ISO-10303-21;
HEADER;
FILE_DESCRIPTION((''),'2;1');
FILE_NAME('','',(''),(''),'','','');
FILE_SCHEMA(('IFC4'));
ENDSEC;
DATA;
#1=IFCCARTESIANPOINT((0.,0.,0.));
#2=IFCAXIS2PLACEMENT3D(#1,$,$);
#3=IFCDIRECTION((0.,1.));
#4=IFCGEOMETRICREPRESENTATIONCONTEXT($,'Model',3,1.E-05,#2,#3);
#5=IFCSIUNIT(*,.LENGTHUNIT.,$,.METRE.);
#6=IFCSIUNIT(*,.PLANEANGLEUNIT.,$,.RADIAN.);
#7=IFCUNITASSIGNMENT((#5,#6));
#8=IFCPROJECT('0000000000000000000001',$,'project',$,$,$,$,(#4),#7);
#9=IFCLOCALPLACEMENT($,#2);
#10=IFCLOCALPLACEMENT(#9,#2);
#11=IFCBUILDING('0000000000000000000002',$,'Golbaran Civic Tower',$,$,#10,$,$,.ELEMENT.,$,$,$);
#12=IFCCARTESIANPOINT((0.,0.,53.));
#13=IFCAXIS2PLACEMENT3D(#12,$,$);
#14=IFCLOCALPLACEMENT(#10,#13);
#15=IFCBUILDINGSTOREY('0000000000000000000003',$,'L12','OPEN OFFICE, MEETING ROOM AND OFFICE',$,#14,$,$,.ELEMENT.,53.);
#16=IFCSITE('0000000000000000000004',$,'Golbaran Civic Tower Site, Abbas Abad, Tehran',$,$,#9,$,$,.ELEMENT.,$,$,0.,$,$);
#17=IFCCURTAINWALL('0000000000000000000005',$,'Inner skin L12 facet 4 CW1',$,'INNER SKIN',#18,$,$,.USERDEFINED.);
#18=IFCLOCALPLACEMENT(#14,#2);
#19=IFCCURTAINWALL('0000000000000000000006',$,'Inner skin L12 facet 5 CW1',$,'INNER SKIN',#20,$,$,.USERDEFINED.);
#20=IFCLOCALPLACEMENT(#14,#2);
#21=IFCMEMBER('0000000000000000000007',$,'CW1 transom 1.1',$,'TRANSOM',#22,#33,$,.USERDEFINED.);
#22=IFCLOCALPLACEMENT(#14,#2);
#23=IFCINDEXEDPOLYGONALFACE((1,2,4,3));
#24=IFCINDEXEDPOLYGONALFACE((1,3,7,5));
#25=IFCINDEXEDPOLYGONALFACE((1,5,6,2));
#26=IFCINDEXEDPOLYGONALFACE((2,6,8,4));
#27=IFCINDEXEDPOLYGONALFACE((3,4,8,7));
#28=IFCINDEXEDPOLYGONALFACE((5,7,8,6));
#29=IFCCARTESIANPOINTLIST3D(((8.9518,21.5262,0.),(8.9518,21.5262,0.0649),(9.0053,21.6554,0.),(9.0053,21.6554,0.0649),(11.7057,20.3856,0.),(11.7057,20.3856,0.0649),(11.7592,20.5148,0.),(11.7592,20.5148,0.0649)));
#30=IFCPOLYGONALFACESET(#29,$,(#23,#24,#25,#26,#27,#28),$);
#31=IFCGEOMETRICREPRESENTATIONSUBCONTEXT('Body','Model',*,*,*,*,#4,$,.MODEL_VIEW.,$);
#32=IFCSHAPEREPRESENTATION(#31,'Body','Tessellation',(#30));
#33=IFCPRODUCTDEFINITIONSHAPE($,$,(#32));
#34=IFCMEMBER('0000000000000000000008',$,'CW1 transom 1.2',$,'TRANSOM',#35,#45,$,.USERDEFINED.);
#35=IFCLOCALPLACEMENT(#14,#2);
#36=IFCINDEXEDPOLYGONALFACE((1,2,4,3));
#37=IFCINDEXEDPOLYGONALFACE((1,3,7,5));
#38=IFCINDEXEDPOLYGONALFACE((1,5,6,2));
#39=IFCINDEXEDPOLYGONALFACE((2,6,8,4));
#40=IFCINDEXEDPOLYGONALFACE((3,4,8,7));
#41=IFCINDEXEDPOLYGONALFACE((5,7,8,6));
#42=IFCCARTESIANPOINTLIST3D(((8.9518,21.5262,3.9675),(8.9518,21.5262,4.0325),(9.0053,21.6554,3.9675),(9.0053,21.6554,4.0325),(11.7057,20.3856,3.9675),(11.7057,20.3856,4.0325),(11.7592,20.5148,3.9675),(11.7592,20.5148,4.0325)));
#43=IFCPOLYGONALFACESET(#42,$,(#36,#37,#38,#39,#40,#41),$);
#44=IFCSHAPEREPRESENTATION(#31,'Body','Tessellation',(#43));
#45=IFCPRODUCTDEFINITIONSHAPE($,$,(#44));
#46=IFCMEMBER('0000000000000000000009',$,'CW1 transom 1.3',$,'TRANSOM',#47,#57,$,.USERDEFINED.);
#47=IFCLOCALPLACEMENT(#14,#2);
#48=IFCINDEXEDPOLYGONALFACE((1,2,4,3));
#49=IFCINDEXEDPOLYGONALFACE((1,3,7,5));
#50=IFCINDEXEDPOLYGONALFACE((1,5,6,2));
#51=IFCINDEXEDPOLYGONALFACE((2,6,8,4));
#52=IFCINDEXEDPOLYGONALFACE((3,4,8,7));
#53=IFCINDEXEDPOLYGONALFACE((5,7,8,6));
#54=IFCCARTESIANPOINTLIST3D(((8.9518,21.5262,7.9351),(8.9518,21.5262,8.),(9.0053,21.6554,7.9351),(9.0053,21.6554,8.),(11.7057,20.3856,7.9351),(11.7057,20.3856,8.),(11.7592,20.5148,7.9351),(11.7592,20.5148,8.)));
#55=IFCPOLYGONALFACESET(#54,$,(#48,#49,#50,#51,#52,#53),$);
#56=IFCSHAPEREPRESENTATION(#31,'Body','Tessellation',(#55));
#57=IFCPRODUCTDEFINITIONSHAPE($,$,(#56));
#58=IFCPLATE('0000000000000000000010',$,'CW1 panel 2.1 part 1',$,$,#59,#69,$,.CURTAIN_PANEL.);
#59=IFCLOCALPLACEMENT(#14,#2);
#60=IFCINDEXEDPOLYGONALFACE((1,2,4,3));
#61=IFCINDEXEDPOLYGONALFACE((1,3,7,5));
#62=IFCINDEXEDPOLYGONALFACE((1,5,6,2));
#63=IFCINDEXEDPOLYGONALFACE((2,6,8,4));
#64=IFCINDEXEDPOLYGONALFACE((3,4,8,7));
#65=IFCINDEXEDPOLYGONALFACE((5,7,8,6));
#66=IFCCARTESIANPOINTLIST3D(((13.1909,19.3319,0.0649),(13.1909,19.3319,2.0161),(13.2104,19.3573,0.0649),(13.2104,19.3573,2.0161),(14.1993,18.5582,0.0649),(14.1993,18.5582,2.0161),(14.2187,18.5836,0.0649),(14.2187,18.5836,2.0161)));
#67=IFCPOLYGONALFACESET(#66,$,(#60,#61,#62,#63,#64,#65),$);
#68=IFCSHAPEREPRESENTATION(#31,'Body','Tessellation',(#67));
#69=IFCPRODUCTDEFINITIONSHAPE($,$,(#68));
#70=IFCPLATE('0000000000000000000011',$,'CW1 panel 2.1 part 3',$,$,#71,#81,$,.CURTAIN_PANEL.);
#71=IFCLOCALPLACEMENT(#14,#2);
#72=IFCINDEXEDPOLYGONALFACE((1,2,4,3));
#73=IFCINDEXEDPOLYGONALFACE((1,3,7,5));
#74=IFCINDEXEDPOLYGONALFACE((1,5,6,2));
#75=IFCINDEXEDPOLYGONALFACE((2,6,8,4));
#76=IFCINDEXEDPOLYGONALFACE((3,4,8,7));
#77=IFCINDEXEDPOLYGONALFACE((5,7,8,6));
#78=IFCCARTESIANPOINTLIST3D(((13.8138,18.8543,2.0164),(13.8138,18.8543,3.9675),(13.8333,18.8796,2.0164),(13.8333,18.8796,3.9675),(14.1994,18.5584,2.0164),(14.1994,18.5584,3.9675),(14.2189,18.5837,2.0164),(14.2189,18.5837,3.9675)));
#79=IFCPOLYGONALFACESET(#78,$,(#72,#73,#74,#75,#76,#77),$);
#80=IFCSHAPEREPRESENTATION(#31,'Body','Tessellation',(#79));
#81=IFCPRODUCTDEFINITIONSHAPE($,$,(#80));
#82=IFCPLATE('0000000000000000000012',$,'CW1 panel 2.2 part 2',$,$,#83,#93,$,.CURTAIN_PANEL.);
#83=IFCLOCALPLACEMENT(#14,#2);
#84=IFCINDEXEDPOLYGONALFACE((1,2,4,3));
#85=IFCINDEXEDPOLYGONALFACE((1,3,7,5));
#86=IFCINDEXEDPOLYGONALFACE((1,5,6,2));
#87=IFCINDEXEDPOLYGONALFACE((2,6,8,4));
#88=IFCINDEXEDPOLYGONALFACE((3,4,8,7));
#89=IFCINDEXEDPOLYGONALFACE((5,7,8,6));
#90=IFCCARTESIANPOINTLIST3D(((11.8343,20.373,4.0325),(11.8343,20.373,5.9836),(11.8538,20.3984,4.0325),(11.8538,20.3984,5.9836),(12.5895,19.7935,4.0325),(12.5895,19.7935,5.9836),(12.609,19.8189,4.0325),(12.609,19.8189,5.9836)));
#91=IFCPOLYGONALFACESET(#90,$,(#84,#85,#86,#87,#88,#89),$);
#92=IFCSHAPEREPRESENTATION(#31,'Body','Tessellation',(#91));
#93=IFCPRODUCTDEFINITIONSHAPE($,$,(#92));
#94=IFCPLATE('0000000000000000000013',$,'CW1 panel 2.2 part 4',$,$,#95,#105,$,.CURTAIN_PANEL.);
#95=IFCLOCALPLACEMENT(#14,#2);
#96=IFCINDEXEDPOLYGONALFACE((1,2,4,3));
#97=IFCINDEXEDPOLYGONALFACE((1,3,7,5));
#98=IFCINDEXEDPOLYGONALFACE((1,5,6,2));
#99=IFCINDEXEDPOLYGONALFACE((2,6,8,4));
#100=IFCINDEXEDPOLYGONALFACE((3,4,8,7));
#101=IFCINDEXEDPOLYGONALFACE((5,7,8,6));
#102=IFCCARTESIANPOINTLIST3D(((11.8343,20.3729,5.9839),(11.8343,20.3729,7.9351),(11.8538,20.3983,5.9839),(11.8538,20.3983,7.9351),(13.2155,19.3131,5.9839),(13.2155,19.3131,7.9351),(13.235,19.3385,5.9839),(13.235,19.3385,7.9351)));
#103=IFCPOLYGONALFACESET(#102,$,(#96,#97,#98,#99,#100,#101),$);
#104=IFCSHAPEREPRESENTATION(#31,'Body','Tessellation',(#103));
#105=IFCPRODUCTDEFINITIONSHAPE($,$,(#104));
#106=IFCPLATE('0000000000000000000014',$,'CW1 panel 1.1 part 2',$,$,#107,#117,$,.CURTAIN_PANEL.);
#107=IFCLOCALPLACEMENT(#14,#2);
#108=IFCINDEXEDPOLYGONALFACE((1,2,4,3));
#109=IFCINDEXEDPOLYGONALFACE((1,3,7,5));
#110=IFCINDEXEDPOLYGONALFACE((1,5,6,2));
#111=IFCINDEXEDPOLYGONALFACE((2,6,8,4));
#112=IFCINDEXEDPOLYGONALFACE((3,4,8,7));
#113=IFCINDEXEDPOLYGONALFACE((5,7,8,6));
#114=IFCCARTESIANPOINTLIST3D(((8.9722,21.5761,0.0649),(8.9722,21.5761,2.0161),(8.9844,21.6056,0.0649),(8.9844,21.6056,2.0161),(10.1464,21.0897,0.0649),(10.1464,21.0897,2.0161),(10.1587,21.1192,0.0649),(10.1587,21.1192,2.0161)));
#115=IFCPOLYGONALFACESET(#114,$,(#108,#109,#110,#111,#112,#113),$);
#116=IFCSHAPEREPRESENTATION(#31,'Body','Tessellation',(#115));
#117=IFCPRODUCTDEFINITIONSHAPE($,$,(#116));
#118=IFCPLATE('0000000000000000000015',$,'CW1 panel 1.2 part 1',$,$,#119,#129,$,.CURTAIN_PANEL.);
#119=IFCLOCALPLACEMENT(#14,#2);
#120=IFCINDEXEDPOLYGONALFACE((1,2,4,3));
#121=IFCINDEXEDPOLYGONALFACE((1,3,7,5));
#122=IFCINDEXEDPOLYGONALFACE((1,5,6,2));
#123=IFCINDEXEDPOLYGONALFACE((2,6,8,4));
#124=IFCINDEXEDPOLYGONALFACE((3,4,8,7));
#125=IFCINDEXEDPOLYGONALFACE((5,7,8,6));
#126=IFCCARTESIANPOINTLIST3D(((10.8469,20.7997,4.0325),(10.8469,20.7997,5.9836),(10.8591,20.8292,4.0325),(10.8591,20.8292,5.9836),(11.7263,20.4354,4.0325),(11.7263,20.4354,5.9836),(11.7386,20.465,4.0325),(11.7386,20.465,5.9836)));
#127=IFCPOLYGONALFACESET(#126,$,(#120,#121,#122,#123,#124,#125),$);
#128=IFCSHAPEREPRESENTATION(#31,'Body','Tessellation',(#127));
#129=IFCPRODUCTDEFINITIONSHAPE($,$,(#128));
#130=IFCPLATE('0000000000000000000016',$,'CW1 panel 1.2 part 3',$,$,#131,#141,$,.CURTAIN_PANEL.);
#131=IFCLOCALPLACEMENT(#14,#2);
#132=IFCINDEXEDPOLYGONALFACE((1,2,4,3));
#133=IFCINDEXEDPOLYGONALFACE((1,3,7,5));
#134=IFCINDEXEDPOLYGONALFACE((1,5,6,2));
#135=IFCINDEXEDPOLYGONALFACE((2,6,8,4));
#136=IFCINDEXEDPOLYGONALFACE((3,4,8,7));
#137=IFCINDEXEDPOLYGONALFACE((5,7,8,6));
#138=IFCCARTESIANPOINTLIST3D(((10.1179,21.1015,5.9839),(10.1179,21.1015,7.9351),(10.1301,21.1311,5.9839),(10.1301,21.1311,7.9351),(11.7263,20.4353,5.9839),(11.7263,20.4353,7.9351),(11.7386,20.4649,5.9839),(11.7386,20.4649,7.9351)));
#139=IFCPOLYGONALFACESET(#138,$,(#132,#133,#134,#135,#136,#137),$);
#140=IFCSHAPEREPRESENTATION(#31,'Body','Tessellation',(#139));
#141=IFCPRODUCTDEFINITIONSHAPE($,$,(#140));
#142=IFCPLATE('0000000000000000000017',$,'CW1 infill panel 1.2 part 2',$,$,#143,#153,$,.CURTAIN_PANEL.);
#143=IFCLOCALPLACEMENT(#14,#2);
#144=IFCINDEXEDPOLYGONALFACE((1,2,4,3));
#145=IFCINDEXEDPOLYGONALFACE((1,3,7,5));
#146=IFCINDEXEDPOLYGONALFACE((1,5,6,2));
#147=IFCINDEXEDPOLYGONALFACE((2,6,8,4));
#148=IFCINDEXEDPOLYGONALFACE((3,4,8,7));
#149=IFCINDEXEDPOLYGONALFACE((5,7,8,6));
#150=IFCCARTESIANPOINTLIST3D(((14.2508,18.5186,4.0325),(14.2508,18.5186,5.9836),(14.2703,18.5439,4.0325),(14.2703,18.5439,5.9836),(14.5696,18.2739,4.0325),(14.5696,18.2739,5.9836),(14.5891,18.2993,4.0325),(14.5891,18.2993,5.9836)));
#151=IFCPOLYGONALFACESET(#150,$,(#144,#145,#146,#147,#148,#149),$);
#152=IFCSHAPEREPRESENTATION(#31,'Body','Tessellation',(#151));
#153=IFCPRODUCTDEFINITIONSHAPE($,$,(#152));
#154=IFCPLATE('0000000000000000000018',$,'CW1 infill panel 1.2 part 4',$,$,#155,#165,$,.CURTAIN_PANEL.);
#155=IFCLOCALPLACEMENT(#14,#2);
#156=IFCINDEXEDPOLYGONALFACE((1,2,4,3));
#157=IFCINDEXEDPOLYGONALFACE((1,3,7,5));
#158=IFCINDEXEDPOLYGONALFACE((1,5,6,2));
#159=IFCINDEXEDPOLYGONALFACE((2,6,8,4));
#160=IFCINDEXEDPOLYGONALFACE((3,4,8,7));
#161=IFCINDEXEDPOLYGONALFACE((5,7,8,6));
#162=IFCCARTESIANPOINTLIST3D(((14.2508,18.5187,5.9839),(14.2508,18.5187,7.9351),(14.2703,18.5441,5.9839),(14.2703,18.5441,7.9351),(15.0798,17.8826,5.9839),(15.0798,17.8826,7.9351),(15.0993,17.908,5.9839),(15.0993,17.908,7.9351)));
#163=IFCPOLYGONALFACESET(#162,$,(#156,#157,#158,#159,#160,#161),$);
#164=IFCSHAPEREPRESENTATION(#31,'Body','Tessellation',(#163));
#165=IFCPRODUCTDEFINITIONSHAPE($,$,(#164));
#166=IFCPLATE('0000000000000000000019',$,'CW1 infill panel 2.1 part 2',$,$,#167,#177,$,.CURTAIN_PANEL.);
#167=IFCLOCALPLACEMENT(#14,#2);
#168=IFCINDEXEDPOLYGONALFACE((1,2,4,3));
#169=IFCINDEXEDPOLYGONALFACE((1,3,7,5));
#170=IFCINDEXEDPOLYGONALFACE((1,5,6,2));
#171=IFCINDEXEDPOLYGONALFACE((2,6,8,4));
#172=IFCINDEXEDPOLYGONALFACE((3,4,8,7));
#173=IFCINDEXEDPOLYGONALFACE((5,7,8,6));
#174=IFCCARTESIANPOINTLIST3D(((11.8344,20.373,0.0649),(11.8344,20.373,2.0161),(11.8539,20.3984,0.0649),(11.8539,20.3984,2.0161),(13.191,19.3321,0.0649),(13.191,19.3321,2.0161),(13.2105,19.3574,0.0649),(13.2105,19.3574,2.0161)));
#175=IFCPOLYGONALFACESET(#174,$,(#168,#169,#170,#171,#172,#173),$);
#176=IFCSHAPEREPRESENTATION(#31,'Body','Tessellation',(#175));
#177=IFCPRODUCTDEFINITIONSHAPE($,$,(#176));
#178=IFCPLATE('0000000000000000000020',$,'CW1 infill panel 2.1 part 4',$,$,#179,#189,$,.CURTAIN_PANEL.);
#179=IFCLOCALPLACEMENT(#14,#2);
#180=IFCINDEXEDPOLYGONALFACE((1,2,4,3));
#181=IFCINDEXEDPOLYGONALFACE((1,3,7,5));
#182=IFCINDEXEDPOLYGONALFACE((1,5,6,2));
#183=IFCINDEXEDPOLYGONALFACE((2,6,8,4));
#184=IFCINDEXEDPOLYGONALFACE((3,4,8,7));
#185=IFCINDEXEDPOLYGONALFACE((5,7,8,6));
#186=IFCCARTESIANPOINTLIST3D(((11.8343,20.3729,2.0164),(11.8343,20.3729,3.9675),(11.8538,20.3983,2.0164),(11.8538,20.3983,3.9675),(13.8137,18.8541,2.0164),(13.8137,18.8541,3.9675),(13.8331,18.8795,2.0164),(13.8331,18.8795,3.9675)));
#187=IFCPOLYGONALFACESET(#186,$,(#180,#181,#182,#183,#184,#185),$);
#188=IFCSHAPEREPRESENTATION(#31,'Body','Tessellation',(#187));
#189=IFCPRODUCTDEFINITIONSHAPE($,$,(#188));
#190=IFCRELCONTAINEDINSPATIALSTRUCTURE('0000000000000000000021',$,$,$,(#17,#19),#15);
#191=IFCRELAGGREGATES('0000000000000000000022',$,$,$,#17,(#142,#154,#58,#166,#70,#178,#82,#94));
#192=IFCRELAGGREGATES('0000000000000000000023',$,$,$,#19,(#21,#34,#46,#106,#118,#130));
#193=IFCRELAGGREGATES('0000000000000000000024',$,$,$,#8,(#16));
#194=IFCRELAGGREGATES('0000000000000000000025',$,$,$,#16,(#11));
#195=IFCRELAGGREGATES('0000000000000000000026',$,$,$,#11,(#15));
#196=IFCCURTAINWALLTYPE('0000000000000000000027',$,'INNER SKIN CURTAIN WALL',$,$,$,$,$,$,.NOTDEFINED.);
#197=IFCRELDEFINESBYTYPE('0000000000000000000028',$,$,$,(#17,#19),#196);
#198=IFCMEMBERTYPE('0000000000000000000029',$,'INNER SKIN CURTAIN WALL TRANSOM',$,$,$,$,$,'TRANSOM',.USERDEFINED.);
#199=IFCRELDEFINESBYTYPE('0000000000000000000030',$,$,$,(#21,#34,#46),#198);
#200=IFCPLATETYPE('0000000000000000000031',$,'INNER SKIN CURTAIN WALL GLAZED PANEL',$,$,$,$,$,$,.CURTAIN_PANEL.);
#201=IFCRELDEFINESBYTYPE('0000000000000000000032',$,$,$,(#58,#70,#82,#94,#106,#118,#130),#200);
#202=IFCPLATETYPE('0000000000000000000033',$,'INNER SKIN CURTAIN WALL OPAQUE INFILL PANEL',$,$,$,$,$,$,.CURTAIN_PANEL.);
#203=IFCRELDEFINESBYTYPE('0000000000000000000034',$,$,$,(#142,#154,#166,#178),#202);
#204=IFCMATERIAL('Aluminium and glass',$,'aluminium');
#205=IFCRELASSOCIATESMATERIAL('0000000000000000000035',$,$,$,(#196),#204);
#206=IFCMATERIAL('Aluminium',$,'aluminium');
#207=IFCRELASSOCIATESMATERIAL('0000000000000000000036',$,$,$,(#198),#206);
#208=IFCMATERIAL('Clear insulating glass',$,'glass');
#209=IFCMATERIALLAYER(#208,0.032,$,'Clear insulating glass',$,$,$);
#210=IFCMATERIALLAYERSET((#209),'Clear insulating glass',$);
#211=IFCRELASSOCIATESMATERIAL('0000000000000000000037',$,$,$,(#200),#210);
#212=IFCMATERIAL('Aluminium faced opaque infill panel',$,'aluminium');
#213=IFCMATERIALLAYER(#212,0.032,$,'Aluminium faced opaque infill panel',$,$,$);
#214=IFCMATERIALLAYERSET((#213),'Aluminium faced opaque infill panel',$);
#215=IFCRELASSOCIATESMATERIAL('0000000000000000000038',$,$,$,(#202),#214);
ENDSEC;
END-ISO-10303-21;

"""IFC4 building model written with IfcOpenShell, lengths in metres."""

from ifc_helpers import new_model, si_unit, direction, frame, origin, origin_2d, place, context, subcontext, project, spatial, rectangle, extrude, material, layer, layer_set, material_profile, profile_set, type_object, element, aggregate, save


model = new_model("IFC4")

# Units and contexts
model_context = context("Model", 3, precision=1e-05, world=origin(), true_north=direction((0.0, 1.0)))
body_context = subcontext(model_context, "Body", "Model", "MODEL_VIEW")
ifc_project = project(units=[si_unit("LENGTHUNIT", "METRE"), si_unit("PLANEANGLEUNIT", "RADIAN")], contexts=[model_context])

# Site, building, storey
site_placement = place(None, origin())
site = spatial("IfcSite", under=ifc_project, at=site_placement, Name="Golbaran Civic Tower Site, Abbas Abad, Tehran", CompositionType="ELEMENT", RefElevation=0.0)
building_placement = place(site_placement, origin())
building = spatial("IfcBuilding", under=site, at=building_placement, Name="Golbaran Civic Tower", CompositionType="ELEMENT")
storey_placement = place(building_placement, frame((0.0, 0.0, 53.0)))
storey = spatial("IfcBuildingStorey", under=building, at=storey_placement, Name="L12", Description="OPEN OFFICE, MEETING ROOM AND OFFICE", CompositionType="ELEMENT", Elevation=53.0)

# Curtain wall
ifc_material_1 = material(Name="Aluminium and glass", Category="aluminium")
curtain_wall_type_1 = type_object("IfcCurtainWallType", Name="INNER SKIN CURTAIN WALL", PredefinedType="NOTDEFINED", material=ifc_material_1)
curtain_wall_1_placement = place(storey_placement, origin())
curtain_wall_1 = element("IfcCurtainWall", 1, at=curtain_wall_1_placement, inside=storey, type_object=curtain_wall_type_1, Name="Inner skin L12 facet 4 CW1", ObjectType="INNER SKIN", PredefinedType="USERDEFINED")
ifc_material_2 = material(Name="Aluminium", Category="aluminium")

# Curtain wall
curtain_wall_2_placement = place(storey_placement, origin())
curtain_wall_2 = element("IfcCurtainWall", 2, at=curtain_wall_2_placement, inside=storey, type_object=curtain_wall_type_1, Name="Inner skin L12 facet 5 CW1", ObjectType="INNER SKIN", PredefinedType="USERDEFINED")

# Members
ifc_material_profile_1 = material_profile(ifc_material_2, rectangle(XDim=0.1399, YDim=0.0649, at=origin_2d()), Name="INNER SKIN CURTAIN WALL TRANSOM")
ifc_profile_set_1 = profile_set([ifc_material_profile_1], Name="Aluminium")
member_type_1 = type_object("IfcMemberType", Name="INNER SKIN CURTAIN WALL TRANSOM", ElementType="TRANSOM", PredefinedType="USERDEFINED", material=ifc_profile_set_1)
member_1_placement = place(storey_placement, frame((11.7324, 20.4502, 0.0325), z_axis=(-0.923889, 0.38266, 0.0), x_axis=(-0.38266, -0.923889, 0.0)))
member_1 = element("IfcMember", 3, at=member_1_placement, type_object=member_type_1, Name="CW1 transom 1.1", ObjectType="TRANSOM", PredefinedType="USERDEFINED", context=body_context, shape_type="SweptSolid", body=[
    extrude(rectangle(XDim=0.1399, YDim=0.0649, at=origin_2d()), origin(), (0.0, 0.0, 1.0), 2.9807),
])
member_2_placement = place(storey_placement, frame((11.7324, 20.4502, 4.0), z_axis=(-0.923889, 0.38266, 0.0), x_axis=(-0.38266, -0.923889, 0.0)))
member_2 = element("IfcMember", 4, at=member_2_placement, type_object=member_type_1, Name="CW1 transom 1.2", ObjectType="TRANSOM", PredefinedType="USERDEFINED", context=body_context, shape_type="SweptSolid", body=[
    extrude(rectangle(XDim=0.1399, YDim=0.0649, at=origin_2d()), origin(), (0.0, 0.0, 1.0), 2.9807),
])
member_3_placement = place(storey_placement, frame((11.7324, 20.4502, 7.9675), z_axis=(-0.923889, 0.38266, 0.0), x_axis=(-0.38266, -0.923889, 0.0)))
member_3 = element("IfcMember", 5, at=member_3_placement, type_object=member_type_1, Name="CW1 transom 1.3", ObjectType="TRANSOM", PredefinedType="USERDEFINED", context=body_context, shape_type="SweptSolid", body=[
    extrude(rectangle(XDim=0.1399, YDim=0.0649, at=origin_2d()), origin(), (0.0, 0.0, 1.0), 2.9807),
])

# Plates
ifc_material_3 = material(Name="Clear insulating glass", Category="glass")
ifc_layer_1 = layer(ifc_material_3, 0.032, Name="Clear insulating glass")
ifc_layer_set_1 = layer_set([ifc_layer_1], Name="Clear insulating glass")
plate_type_1 = type_object("IfcPlateType", Name="INNER SKIN CURTAIN WALL GLAZED PANEL", PredefinedType="CURTAIN_PANEL", material=ifc_layer_set_1)
plate_1_placement = place(storey_placement, frame((13.7048, 18.9578, 0.0649), z_axis=(0.0, 0.0, 1.0), x_axis=(-0.793353, 0.608761, 0.0)))
plate_1 = element("IfcPlate", 6, at=plate_1_placement, type_object=plate_type_1, Name="CW1 panel 2.1 part 1", PredefinedType="CURTAIN_PANEL", context=body_context, shape_type="SweptSolid", body=[
    extrude(rectangle(XDim=1.271, YDim=0.032, at=origin_2d()), origin(), (0.0, 0.0, 1.0), 1.9512),
])
plate_2_placement = place(storey_placement, frame((14.0164, 18.719, 2.0164), z_axis=(0.0, 0.0, 1.0), x_axis=(-0.793353, 0.608761, 0.0)))
plate_2 = element("IfcPlate", 7, at=plate_2_placement, type_object=plate_type_1, Name="CW1 panel 2.1 part 3", PredefinedType="CURTAIN_PANEL", context=body_context, shape_type="SweptSolid", body=[
    extrude(rectangle(XDim=0.4861, YDim=0.032, at=origin_2d()), origin(), (0.0, 0.0, 1.0), 1.9512),
])
plate_3_placement = place(storey_placement, frame((12.2217, 20.0959, 4.0325), z_axis=(0.0, 0.0, 1.0), x_axis=(-0.793353, 0.608761, 0.0)))
plate_3 = element("IfcPlate", 8, at=plate_3_placement, type_object=plate_type_1, Name="CW1 panel 2.2 part 2", PredefinedType="CURTAIN_PANEL", context=body_context, shape_type="SweptSolid", body=[
    extrude(rectangle(XDim=0.9519, YDim=0.032, at=origin_2d()), origin(), (0.0, 0.0, 1.0), 1.9512),
])
plate_4_placement = place(storey_placement, frame((12.5347, 19.8557, 5.9839), z_axis=(0.0, 0.0, 1.0), x_axis=(-0.793353, 0.608761, 0.0)))
plate_4 = element("IfcPlate", 9, at=plate_4_placement, type_object=plate_type_1, Name="CW1 panel 2.2 part 4", PredefinedType="CURTAIN_PANEL", context=body_context, shape_type="SweptSolid", body=[
    extrude(rectangle(XDim=1.741, YDim=0.032, at=origin_2d()), origin(), (0.0, 0.0, 1.0), 1.9512),
])
plate_5_placement = place(storey_placement, frame((9.5654, 21.3477, 0.0649), z_axis=(0.0, 0.0, 1.0), x_axis=(-0.92388, 0.382683, 0.0)))
plate_5 = element("IfcPlate", 10, at=plate_5_placement, type_object=plate_type_1, Name="CW1 panel 1.1 part 2", PredefinedType="CURTAIN_PANEL", context=body_context, shape_type="SweptSolid", body=[
    extrude(rectangle(XDim=1.271, YDim=0.032, at=origin_2d()), origin(), (0.0, 0.0, 1.0), 1.9512),
])
plate_6_placement = place(storey_placement, frame((11.2927, 20.6323, 4.0325), z_axis=(0.0, 0.0, 1.0), x_axis=(-0.92388, 0.382683, 0.0)))
plate_6 = element("IfcPlate", 11, at=plate_6_placement, type_object=plate_type_1, Name="CW1 panel 1.2 part 1", PredefinedType="CURTAIN_PANEL", context=body_context, shape_type="SweptSolid", body=[
    extrude(rectangle(XDim=0.9519, YDim=0.032, at=origin_2d()), origin(), (0.0, 0.0, 1.0), 1.9512),
])
plate_7_placement = place(storey_placement, frame((10.9282, 20.7832, 5.9839), z_axis=(0.0, 0.0, 1.0), x_axis=(-0.92388, 0.382683, 0.0)))
plate_7 = element("IfcPlate", 12, at=plate_7_placement, type_object=plate_type_1, Name="CW1 panel 1.2 part 3", PredefinedType="CURTAIN_PANEL", context=body_context, shape_type="SweptSolid", body=[
    extrude(rectangle(XDim=1.741, YDim=0.032, at=origin_2d()), origin(), (0.0, 0.0, 1.0), 1.9512),
])
ifc_material_4 = material(Name="Aluminium faced opaque infill panel", Category="aluminium")
ifc_layer_2 = layer(ifc_material_4, 0.032, Name="Aluminium faced opaque infill panel")
ifc_layer_set_2 = layer_set([ifc_layer_2], Name="Aluminium faced opaque infill panel")
plate_type_2 = type_object("IfcPlateType", Name="INNER SKIN CURTAIN WALL OPAQUE INFILL PANEL", PredefinedType="CURTAIN_PANEL", material=ifc_layer_set_2)
plate_8_placement = place(storey_placement, frame((14.4199, 18.4089, 4.0325), z_axis=(0.0, 0.0, 1.0), x_axis=(-0.793353, 0.608761, 0.0)))
plate_8 = element("IfcPlate", 13, at=plate_8_placement, type_object=plate_type_2, Name="CW1 infill panel 1.2 part 2", PredefinedType="CURTAIN_PANEL", context=body_context, shape_type="SweptSolid", body=[
    extrude(rectangle(XDim=0.4019, YDim=0.032, at=origin_2d()), origin(), (0.0, 0.0, 1.0), 1.9512),
])
plate_9_placement = place(storey_placement, frame((14.675, 18.2134, 5.9839), z_axis=(0.0, 0.0, 1.0), x_axis=(-0.793353, 0.608761, 0.0)))
plate_9 = element("IfcPlate", 14, at=plate_9_placement, type_object=plate_type_2, Name="CW1 infill panel 1.2 part 4", PredefinedType="CURTAIN_PANEL", context=body_context, shape_type="SweptSolid", body=[
    extrude(rectangle(XDim=1.0449, YDim=0.032, at=origin_2d()), origin(), (0.0, 0.0, 1.0), 1.9512),
])
plate_10_placement = place(storey_placement, frame((12.5225, 19.8652, 0.0649), z_axis=(0.0, 0.0, 1.0), x_axis=(-0.793353, 0.608761, 0.0)))
plate_10 = element("IfcPlate", 15, at=plate_10_placement, type_object=plate_type_2, Name="CW1 infill panel 2.1 part 2", PredefinedType="CURTAIN_PANEL", context=body_context, shape_type="SweptSolid", body=[
    extrude(rectangle(XDim=1.71, YDim=0.032, at=origin_2d()), origin(), (0.0, 0.0, 1.0), 1.9512),
])
plate_11_placement = place(storey_placement, frame((12.8337, 19.6262, 2.0164), z_axis=(0.0, 0.0, 1.0), x_axis=(-0.793353, 0.608761, 0.0)))
plate_11 = element("IfcPlate", 16, at=plate_11_placement, type_object=plate_type_2, Name="CW1 infill panel 2.1 part 4", PredefinedType="CURTAIN_PANEL", context=body_context, shape_type="SweptSolid", body=[
    extrude(rectangle(XDim=2.4949, YDim=0.032, at=origin_2d()), origin(), (0.0, 0.0, 1.0), 1.9512),
])
aggregate(curtain_wall_1, [plate_8, plate_9, plate_1, plate_10, plate_2, plate_11, plate_3, plate_4])
aggregate(curtain_wall_2, [member_1, member_2, member_3, plate_5, plate_6, plate_7])

save(model, "model.ifc")
